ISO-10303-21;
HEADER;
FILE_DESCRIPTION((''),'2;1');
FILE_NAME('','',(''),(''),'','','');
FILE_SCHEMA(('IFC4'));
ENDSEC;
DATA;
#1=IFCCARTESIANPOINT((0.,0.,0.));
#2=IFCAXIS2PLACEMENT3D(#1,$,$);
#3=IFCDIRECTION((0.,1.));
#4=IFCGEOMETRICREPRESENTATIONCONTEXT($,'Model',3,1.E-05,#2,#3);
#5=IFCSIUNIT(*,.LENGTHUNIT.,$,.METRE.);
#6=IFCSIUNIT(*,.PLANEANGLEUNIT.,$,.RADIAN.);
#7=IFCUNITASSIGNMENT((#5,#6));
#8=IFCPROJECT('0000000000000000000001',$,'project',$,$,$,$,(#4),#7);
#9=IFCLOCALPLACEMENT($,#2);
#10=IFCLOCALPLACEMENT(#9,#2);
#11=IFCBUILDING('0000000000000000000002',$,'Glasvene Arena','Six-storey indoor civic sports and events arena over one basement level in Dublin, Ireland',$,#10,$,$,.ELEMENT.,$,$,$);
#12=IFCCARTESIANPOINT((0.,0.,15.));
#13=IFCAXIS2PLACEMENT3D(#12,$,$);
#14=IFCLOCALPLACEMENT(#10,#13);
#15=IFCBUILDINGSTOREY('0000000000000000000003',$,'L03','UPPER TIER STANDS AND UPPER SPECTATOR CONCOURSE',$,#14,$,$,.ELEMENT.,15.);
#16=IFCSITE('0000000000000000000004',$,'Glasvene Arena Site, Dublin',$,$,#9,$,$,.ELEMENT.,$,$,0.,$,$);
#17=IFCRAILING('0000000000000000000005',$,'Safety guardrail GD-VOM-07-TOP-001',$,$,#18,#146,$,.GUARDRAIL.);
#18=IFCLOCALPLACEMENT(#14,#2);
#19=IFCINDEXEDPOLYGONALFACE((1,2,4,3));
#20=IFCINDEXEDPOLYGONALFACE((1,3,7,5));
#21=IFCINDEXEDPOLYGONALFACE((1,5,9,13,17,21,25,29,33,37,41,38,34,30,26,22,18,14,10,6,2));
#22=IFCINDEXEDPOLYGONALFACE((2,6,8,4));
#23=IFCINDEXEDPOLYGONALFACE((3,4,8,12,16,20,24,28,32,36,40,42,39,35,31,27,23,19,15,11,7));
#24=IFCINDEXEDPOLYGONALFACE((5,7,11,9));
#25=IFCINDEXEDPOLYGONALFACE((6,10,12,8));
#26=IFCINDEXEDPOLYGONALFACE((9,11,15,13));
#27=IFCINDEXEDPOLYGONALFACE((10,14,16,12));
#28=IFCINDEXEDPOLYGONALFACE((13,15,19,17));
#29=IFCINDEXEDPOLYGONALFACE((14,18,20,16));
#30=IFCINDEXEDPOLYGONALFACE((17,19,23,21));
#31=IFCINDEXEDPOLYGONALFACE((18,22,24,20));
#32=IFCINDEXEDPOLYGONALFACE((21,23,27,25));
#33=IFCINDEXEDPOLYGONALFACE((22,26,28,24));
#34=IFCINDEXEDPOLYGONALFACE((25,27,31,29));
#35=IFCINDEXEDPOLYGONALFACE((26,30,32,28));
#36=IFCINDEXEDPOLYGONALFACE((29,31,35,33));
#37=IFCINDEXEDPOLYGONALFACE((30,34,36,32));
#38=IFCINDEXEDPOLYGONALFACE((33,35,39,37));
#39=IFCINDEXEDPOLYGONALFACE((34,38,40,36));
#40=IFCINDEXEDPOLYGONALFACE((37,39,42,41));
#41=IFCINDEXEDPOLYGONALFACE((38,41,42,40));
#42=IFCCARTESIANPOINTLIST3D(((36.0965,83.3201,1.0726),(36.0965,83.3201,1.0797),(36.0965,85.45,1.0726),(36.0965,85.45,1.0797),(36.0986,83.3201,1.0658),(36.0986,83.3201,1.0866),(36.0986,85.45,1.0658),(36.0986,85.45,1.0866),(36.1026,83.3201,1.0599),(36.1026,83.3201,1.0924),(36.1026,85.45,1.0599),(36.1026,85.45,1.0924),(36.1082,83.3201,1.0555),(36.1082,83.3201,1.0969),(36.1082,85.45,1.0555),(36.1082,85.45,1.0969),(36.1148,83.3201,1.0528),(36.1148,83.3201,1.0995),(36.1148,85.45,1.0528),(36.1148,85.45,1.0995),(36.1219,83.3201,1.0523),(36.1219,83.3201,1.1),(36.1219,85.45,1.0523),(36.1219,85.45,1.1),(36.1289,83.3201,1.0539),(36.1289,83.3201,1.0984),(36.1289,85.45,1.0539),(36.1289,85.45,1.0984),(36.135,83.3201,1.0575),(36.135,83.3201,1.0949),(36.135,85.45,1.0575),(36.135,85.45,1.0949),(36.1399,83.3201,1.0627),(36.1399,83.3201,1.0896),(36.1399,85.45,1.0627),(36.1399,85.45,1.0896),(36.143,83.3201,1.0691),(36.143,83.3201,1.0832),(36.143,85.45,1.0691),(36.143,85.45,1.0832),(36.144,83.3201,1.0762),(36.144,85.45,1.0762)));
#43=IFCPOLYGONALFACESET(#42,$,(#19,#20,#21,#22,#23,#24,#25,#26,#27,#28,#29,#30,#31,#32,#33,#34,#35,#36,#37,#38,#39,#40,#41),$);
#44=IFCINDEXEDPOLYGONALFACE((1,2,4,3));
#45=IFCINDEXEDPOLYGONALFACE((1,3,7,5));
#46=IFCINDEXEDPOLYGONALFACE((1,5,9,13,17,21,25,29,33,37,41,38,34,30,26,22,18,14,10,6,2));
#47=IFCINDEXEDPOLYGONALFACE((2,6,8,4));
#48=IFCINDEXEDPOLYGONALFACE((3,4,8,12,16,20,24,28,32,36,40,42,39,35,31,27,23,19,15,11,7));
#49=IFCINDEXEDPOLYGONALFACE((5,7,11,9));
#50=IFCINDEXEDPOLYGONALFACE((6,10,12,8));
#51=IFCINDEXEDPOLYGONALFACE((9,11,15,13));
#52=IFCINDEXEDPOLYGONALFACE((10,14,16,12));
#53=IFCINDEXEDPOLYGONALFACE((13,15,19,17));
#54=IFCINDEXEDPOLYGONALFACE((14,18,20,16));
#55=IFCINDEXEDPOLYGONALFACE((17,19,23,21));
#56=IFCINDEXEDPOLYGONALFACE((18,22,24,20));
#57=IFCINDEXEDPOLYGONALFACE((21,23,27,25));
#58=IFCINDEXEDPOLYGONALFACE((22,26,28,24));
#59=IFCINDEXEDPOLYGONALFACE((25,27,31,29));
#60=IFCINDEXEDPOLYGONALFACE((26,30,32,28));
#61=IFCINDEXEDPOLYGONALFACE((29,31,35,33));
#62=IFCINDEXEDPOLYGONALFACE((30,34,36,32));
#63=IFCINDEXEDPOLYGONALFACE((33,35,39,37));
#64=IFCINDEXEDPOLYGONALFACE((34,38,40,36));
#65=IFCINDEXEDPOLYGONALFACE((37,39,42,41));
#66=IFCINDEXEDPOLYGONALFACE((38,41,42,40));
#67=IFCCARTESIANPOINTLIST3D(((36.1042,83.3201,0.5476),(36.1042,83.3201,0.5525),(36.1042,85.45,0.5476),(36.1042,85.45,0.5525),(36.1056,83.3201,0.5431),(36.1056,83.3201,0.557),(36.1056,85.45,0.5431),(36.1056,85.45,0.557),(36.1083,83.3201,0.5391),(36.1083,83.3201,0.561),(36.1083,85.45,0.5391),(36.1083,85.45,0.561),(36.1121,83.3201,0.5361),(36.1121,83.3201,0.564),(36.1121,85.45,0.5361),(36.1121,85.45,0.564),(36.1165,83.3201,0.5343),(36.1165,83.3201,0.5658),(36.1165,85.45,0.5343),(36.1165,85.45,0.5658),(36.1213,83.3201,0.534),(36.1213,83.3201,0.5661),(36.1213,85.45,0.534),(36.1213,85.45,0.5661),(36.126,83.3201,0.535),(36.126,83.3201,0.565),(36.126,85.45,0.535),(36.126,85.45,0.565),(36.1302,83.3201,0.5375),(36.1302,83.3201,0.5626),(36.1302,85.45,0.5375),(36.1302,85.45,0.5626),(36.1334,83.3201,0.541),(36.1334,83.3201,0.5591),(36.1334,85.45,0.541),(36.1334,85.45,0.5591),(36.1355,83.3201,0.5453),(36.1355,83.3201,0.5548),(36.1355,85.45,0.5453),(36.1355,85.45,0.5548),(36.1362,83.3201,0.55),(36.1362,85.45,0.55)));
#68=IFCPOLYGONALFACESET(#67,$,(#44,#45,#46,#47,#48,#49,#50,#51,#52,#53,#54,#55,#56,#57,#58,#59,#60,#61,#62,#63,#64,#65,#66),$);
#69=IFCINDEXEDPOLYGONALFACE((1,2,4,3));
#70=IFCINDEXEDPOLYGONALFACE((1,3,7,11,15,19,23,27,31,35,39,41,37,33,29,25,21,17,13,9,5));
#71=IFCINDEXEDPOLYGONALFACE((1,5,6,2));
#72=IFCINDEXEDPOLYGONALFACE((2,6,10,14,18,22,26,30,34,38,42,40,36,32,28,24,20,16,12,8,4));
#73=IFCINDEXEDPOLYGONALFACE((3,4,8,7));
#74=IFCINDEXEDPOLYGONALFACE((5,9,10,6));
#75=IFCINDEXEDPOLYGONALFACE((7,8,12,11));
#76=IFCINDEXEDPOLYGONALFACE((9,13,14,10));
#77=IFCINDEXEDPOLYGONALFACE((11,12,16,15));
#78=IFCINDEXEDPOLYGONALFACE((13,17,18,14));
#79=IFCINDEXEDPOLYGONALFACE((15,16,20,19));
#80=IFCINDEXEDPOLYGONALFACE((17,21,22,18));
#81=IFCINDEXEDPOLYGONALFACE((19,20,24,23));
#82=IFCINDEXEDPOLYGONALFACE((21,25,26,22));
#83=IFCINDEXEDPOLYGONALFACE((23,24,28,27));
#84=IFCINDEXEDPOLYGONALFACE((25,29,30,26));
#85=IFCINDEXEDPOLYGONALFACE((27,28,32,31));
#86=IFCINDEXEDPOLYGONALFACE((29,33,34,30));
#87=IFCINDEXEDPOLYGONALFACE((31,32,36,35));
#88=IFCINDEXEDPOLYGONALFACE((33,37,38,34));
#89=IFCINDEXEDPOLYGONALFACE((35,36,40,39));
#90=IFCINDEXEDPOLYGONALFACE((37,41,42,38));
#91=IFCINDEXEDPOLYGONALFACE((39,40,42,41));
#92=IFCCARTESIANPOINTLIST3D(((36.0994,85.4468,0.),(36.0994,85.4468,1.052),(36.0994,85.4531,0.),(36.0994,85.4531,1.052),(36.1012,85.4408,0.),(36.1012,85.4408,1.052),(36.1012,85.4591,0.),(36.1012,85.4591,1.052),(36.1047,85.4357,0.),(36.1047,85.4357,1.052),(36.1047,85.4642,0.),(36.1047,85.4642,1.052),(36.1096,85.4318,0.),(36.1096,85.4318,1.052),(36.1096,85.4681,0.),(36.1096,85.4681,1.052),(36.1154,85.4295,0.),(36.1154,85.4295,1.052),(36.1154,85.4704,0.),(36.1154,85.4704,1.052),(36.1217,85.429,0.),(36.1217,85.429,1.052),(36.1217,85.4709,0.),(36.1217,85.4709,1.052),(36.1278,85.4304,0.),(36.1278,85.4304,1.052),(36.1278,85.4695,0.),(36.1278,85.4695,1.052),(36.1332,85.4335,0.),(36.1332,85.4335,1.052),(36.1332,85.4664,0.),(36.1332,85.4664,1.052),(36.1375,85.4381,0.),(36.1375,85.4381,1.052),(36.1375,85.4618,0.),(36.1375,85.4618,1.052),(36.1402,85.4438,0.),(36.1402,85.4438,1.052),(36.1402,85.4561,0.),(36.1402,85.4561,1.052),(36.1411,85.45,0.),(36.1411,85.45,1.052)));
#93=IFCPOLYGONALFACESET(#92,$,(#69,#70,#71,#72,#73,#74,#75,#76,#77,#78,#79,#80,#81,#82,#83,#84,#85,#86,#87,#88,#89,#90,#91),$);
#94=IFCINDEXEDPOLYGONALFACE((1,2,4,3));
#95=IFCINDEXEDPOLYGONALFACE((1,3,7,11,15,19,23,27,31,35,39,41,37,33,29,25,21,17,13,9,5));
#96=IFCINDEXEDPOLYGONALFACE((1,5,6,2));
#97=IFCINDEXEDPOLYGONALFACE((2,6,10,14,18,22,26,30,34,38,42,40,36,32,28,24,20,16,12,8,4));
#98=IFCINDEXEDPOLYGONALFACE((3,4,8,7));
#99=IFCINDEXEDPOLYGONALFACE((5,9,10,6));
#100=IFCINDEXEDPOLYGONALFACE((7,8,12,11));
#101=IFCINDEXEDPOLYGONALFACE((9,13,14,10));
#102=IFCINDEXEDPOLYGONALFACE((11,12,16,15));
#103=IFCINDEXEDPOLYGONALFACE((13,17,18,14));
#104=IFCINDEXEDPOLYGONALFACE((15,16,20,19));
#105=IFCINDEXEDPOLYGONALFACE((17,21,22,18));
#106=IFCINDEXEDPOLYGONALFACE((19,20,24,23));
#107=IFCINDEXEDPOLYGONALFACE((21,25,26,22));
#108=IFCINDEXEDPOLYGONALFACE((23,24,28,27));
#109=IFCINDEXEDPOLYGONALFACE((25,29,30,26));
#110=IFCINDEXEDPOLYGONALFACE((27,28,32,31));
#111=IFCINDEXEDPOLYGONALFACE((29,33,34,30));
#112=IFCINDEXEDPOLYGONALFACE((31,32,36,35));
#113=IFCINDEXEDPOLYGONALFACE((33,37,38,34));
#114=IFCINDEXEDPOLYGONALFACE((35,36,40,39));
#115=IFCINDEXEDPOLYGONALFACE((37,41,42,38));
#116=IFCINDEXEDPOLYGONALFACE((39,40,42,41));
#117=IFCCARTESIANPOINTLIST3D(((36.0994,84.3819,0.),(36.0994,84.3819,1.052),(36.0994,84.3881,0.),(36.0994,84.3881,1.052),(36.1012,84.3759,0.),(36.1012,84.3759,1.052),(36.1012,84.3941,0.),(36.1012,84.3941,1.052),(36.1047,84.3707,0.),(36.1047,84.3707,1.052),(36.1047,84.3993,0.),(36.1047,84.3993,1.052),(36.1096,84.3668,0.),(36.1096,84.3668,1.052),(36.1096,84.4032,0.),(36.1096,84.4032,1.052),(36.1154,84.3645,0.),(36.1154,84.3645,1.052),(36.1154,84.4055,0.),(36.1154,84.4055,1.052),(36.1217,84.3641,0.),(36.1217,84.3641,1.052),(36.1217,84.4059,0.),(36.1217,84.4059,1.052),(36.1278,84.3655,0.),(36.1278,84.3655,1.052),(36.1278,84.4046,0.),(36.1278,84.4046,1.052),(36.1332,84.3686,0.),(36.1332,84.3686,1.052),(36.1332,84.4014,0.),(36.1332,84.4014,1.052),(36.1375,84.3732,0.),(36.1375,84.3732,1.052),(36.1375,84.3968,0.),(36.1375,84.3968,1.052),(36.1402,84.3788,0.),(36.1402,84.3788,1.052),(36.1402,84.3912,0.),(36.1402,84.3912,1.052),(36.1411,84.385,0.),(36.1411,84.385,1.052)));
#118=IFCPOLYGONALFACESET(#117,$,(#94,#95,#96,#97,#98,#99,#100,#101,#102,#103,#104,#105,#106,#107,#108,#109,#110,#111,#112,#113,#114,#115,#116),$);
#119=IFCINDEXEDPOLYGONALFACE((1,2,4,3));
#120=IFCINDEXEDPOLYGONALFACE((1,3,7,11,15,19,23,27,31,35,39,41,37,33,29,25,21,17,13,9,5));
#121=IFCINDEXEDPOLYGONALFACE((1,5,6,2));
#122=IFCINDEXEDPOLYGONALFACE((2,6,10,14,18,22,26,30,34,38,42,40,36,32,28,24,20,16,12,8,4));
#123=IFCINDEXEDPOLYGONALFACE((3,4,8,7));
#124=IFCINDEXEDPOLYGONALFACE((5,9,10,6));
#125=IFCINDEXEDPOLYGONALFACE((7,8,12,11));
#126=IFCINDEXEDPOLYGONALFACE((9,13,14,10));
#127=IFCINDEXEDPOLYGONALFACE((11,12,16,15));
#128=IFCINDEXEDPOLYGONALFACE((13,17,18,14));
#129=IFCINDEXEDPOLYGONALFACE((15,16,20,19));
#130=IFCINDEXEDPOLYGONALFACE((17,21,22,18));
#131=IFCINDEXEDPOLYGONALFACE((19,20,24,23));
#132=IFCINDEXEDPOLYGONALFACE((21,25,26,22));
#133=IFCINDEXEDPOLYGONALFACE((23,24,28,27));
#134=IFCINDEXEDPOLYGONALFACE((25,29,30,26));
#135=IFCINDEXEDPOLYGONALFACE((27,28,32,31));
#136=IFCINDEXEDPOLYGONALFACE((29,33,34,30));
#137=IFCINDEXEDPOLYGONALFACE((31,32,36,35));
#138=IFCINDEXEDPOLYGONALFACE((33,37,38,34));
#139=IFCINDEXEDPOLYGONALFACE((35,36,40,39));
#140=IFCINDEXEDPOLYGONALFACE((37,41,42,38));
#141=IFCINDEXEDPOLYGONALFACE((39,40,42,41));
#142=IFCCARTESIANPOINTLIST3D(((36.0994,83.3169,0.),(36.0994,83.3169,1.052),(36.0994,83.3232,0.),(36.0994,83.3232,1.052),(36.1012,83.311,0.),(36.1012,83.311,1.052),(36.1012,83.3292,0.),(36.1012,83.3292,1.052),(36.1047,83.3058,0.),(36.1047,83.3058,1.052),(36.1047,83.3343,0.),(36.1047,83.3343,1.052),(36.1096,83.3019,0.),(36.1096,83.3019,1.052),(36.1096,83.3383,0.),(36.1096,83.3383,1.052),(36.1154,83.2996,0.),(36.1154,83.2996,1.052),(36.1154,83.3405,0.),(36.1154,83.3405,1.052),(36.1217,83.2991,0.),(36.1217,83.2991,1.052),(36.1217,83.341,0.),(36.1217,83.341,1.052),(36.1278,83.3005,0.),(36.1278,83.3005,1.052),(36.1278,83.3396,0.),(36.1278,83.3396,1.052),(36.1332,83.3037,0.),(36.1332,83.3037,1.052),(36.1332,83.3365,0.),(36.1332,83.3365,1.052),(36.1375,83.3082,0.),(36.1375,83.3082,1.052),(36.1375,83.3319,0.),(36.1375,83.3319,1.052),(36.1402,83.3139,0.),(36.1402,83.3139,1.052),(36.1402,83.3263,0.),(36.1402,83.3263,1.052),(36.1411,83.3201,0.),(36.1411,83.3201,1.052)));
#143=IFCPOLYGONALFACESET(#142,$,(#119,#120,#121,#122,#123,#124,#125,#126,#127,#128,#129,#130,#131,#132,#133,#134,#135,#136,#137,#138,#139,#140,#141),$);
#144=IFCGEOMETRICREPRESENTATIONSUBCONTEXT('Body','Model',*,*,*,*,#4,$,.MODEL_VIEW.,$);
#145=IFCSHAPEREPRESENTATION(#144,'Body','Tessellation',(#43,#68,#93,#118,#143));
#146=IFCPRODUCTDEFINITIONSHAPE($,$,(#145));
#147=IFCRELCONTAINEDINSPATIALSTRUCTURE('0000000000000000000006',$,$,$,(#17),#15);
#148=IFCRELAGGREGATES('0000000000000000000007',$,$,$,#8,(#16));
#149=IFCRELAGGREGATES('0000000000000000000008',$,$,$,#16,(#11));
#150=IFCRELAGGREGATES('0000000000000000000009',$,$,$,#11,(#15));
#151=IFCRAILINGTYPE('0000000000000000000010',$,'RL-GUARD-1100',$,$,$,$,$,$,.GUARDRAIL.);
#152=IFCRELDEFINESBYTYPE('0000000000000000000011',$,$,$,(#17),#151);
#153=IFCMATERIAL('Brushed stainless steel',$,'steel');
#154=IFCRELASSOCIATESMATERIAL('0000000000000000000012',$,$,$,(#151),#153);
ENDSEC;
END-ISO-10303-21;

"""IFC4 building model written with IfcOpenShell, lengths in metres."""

from ifc_helpers import new_model, si_unit, direction, frame, origin, origin_2d, place, context, subcontext, project, spatial, circle, extrude, material, type_object, element, save


model = new_model("IFC4")

# Units and contexts
model_context = context("Model", 3, precision=1e-05, world=origin(), true_north=direction((0.0, 1.0)))
body_context = subcontext(model_context, "Body", "Model", "MODEL_VIEW")
ifc_project = project(units=[si_unit("LENGTHUNIT", "METRE"), si_unit("PLANEANGLEUNIT", "RADIAN")], contexts=[model_context])

# Site, building, storey
site_placement = place(None, origin())
site = spatial("IfcSite", under=ifc_project, at=site_placement, Name="Glasvene Arena Site, Dublin", CompositionType="ELEMENT", RefElevation=0.0)
building_placement = place(site_placement, origin())
building = spatial("IfcBuilding", under=site, at=building_placement, Name="Glasvene Arena", Description="Six-storey indoor civic sports and events arena over one basement level in Dublin, Ireland", CompositionType="ELEMENT")
storey_placement = place(building_placement, frame((0.0, 0.0, 15.0)))
storey = spatial("IfcBuildingStorey", under=building, at=storey_placement, Name="L03", Description="UPPER TIER STANDS AND UPPER SPECTATOR CONCOURSE", CompositionType="ELEMENT", Elevation=15.0)

# Railing
ifc_material_1 = material(Name="Brushed stainless steel", Category="steel")
railing_type_1 = type_object("IfcRailingType", Name="RL-GUARD-1100", PredefinedType="GUARDRAIL", material=ifc_material_1)
railing_1_placement = place(storey_placement, frame((36.1201, 85.45, 0.0)))
element("IfcRailing", 1, at=railing_1_placement, inside=storey, type_object=railing_type_1, Name="Safety guardrail GD-VOM-07-TOP-001", PredefinedType="GUARDRAIL", context=body_context, shape_type="SweptSolid", body=[
    extrude(circle(Radius=0.0239, at=origin_2d()), frame((0.0, 0.0, 1.0762), z_axis=(0.0, -1.0, 0.0), x_axis=(1.0, 0.0, 0.0)), (0.0, 0.0, 1.0), 2.1299),
    extrude(circle(Radius=0.0161, at=origin_2d()), frame((0.0, 0.0, 0.55), z_axis=(0.0, -1.0, 0.0), x_axis=(1.0, 0.0, 0.0)), (0.0, 0.0, 1.0), 2.1299),
    extrude(circle(Radius=0.021, at=origin_2d()), origin(), (0.0, 0.0, 1.0), 1.052),
    extrude(circle(Radius=0.021, at=origin_2d()), frame((0.0, -1.0649, 0.0)), (0.0, 0.0, 1.0), 1.052),
    extrude(circle(Radius=0.021, at=origin_2d()), frame((0.0, -2.1299, 0.0)), (0.0, 0.0, 1.0), 1.052),
])

save(model, "model.ifc")
